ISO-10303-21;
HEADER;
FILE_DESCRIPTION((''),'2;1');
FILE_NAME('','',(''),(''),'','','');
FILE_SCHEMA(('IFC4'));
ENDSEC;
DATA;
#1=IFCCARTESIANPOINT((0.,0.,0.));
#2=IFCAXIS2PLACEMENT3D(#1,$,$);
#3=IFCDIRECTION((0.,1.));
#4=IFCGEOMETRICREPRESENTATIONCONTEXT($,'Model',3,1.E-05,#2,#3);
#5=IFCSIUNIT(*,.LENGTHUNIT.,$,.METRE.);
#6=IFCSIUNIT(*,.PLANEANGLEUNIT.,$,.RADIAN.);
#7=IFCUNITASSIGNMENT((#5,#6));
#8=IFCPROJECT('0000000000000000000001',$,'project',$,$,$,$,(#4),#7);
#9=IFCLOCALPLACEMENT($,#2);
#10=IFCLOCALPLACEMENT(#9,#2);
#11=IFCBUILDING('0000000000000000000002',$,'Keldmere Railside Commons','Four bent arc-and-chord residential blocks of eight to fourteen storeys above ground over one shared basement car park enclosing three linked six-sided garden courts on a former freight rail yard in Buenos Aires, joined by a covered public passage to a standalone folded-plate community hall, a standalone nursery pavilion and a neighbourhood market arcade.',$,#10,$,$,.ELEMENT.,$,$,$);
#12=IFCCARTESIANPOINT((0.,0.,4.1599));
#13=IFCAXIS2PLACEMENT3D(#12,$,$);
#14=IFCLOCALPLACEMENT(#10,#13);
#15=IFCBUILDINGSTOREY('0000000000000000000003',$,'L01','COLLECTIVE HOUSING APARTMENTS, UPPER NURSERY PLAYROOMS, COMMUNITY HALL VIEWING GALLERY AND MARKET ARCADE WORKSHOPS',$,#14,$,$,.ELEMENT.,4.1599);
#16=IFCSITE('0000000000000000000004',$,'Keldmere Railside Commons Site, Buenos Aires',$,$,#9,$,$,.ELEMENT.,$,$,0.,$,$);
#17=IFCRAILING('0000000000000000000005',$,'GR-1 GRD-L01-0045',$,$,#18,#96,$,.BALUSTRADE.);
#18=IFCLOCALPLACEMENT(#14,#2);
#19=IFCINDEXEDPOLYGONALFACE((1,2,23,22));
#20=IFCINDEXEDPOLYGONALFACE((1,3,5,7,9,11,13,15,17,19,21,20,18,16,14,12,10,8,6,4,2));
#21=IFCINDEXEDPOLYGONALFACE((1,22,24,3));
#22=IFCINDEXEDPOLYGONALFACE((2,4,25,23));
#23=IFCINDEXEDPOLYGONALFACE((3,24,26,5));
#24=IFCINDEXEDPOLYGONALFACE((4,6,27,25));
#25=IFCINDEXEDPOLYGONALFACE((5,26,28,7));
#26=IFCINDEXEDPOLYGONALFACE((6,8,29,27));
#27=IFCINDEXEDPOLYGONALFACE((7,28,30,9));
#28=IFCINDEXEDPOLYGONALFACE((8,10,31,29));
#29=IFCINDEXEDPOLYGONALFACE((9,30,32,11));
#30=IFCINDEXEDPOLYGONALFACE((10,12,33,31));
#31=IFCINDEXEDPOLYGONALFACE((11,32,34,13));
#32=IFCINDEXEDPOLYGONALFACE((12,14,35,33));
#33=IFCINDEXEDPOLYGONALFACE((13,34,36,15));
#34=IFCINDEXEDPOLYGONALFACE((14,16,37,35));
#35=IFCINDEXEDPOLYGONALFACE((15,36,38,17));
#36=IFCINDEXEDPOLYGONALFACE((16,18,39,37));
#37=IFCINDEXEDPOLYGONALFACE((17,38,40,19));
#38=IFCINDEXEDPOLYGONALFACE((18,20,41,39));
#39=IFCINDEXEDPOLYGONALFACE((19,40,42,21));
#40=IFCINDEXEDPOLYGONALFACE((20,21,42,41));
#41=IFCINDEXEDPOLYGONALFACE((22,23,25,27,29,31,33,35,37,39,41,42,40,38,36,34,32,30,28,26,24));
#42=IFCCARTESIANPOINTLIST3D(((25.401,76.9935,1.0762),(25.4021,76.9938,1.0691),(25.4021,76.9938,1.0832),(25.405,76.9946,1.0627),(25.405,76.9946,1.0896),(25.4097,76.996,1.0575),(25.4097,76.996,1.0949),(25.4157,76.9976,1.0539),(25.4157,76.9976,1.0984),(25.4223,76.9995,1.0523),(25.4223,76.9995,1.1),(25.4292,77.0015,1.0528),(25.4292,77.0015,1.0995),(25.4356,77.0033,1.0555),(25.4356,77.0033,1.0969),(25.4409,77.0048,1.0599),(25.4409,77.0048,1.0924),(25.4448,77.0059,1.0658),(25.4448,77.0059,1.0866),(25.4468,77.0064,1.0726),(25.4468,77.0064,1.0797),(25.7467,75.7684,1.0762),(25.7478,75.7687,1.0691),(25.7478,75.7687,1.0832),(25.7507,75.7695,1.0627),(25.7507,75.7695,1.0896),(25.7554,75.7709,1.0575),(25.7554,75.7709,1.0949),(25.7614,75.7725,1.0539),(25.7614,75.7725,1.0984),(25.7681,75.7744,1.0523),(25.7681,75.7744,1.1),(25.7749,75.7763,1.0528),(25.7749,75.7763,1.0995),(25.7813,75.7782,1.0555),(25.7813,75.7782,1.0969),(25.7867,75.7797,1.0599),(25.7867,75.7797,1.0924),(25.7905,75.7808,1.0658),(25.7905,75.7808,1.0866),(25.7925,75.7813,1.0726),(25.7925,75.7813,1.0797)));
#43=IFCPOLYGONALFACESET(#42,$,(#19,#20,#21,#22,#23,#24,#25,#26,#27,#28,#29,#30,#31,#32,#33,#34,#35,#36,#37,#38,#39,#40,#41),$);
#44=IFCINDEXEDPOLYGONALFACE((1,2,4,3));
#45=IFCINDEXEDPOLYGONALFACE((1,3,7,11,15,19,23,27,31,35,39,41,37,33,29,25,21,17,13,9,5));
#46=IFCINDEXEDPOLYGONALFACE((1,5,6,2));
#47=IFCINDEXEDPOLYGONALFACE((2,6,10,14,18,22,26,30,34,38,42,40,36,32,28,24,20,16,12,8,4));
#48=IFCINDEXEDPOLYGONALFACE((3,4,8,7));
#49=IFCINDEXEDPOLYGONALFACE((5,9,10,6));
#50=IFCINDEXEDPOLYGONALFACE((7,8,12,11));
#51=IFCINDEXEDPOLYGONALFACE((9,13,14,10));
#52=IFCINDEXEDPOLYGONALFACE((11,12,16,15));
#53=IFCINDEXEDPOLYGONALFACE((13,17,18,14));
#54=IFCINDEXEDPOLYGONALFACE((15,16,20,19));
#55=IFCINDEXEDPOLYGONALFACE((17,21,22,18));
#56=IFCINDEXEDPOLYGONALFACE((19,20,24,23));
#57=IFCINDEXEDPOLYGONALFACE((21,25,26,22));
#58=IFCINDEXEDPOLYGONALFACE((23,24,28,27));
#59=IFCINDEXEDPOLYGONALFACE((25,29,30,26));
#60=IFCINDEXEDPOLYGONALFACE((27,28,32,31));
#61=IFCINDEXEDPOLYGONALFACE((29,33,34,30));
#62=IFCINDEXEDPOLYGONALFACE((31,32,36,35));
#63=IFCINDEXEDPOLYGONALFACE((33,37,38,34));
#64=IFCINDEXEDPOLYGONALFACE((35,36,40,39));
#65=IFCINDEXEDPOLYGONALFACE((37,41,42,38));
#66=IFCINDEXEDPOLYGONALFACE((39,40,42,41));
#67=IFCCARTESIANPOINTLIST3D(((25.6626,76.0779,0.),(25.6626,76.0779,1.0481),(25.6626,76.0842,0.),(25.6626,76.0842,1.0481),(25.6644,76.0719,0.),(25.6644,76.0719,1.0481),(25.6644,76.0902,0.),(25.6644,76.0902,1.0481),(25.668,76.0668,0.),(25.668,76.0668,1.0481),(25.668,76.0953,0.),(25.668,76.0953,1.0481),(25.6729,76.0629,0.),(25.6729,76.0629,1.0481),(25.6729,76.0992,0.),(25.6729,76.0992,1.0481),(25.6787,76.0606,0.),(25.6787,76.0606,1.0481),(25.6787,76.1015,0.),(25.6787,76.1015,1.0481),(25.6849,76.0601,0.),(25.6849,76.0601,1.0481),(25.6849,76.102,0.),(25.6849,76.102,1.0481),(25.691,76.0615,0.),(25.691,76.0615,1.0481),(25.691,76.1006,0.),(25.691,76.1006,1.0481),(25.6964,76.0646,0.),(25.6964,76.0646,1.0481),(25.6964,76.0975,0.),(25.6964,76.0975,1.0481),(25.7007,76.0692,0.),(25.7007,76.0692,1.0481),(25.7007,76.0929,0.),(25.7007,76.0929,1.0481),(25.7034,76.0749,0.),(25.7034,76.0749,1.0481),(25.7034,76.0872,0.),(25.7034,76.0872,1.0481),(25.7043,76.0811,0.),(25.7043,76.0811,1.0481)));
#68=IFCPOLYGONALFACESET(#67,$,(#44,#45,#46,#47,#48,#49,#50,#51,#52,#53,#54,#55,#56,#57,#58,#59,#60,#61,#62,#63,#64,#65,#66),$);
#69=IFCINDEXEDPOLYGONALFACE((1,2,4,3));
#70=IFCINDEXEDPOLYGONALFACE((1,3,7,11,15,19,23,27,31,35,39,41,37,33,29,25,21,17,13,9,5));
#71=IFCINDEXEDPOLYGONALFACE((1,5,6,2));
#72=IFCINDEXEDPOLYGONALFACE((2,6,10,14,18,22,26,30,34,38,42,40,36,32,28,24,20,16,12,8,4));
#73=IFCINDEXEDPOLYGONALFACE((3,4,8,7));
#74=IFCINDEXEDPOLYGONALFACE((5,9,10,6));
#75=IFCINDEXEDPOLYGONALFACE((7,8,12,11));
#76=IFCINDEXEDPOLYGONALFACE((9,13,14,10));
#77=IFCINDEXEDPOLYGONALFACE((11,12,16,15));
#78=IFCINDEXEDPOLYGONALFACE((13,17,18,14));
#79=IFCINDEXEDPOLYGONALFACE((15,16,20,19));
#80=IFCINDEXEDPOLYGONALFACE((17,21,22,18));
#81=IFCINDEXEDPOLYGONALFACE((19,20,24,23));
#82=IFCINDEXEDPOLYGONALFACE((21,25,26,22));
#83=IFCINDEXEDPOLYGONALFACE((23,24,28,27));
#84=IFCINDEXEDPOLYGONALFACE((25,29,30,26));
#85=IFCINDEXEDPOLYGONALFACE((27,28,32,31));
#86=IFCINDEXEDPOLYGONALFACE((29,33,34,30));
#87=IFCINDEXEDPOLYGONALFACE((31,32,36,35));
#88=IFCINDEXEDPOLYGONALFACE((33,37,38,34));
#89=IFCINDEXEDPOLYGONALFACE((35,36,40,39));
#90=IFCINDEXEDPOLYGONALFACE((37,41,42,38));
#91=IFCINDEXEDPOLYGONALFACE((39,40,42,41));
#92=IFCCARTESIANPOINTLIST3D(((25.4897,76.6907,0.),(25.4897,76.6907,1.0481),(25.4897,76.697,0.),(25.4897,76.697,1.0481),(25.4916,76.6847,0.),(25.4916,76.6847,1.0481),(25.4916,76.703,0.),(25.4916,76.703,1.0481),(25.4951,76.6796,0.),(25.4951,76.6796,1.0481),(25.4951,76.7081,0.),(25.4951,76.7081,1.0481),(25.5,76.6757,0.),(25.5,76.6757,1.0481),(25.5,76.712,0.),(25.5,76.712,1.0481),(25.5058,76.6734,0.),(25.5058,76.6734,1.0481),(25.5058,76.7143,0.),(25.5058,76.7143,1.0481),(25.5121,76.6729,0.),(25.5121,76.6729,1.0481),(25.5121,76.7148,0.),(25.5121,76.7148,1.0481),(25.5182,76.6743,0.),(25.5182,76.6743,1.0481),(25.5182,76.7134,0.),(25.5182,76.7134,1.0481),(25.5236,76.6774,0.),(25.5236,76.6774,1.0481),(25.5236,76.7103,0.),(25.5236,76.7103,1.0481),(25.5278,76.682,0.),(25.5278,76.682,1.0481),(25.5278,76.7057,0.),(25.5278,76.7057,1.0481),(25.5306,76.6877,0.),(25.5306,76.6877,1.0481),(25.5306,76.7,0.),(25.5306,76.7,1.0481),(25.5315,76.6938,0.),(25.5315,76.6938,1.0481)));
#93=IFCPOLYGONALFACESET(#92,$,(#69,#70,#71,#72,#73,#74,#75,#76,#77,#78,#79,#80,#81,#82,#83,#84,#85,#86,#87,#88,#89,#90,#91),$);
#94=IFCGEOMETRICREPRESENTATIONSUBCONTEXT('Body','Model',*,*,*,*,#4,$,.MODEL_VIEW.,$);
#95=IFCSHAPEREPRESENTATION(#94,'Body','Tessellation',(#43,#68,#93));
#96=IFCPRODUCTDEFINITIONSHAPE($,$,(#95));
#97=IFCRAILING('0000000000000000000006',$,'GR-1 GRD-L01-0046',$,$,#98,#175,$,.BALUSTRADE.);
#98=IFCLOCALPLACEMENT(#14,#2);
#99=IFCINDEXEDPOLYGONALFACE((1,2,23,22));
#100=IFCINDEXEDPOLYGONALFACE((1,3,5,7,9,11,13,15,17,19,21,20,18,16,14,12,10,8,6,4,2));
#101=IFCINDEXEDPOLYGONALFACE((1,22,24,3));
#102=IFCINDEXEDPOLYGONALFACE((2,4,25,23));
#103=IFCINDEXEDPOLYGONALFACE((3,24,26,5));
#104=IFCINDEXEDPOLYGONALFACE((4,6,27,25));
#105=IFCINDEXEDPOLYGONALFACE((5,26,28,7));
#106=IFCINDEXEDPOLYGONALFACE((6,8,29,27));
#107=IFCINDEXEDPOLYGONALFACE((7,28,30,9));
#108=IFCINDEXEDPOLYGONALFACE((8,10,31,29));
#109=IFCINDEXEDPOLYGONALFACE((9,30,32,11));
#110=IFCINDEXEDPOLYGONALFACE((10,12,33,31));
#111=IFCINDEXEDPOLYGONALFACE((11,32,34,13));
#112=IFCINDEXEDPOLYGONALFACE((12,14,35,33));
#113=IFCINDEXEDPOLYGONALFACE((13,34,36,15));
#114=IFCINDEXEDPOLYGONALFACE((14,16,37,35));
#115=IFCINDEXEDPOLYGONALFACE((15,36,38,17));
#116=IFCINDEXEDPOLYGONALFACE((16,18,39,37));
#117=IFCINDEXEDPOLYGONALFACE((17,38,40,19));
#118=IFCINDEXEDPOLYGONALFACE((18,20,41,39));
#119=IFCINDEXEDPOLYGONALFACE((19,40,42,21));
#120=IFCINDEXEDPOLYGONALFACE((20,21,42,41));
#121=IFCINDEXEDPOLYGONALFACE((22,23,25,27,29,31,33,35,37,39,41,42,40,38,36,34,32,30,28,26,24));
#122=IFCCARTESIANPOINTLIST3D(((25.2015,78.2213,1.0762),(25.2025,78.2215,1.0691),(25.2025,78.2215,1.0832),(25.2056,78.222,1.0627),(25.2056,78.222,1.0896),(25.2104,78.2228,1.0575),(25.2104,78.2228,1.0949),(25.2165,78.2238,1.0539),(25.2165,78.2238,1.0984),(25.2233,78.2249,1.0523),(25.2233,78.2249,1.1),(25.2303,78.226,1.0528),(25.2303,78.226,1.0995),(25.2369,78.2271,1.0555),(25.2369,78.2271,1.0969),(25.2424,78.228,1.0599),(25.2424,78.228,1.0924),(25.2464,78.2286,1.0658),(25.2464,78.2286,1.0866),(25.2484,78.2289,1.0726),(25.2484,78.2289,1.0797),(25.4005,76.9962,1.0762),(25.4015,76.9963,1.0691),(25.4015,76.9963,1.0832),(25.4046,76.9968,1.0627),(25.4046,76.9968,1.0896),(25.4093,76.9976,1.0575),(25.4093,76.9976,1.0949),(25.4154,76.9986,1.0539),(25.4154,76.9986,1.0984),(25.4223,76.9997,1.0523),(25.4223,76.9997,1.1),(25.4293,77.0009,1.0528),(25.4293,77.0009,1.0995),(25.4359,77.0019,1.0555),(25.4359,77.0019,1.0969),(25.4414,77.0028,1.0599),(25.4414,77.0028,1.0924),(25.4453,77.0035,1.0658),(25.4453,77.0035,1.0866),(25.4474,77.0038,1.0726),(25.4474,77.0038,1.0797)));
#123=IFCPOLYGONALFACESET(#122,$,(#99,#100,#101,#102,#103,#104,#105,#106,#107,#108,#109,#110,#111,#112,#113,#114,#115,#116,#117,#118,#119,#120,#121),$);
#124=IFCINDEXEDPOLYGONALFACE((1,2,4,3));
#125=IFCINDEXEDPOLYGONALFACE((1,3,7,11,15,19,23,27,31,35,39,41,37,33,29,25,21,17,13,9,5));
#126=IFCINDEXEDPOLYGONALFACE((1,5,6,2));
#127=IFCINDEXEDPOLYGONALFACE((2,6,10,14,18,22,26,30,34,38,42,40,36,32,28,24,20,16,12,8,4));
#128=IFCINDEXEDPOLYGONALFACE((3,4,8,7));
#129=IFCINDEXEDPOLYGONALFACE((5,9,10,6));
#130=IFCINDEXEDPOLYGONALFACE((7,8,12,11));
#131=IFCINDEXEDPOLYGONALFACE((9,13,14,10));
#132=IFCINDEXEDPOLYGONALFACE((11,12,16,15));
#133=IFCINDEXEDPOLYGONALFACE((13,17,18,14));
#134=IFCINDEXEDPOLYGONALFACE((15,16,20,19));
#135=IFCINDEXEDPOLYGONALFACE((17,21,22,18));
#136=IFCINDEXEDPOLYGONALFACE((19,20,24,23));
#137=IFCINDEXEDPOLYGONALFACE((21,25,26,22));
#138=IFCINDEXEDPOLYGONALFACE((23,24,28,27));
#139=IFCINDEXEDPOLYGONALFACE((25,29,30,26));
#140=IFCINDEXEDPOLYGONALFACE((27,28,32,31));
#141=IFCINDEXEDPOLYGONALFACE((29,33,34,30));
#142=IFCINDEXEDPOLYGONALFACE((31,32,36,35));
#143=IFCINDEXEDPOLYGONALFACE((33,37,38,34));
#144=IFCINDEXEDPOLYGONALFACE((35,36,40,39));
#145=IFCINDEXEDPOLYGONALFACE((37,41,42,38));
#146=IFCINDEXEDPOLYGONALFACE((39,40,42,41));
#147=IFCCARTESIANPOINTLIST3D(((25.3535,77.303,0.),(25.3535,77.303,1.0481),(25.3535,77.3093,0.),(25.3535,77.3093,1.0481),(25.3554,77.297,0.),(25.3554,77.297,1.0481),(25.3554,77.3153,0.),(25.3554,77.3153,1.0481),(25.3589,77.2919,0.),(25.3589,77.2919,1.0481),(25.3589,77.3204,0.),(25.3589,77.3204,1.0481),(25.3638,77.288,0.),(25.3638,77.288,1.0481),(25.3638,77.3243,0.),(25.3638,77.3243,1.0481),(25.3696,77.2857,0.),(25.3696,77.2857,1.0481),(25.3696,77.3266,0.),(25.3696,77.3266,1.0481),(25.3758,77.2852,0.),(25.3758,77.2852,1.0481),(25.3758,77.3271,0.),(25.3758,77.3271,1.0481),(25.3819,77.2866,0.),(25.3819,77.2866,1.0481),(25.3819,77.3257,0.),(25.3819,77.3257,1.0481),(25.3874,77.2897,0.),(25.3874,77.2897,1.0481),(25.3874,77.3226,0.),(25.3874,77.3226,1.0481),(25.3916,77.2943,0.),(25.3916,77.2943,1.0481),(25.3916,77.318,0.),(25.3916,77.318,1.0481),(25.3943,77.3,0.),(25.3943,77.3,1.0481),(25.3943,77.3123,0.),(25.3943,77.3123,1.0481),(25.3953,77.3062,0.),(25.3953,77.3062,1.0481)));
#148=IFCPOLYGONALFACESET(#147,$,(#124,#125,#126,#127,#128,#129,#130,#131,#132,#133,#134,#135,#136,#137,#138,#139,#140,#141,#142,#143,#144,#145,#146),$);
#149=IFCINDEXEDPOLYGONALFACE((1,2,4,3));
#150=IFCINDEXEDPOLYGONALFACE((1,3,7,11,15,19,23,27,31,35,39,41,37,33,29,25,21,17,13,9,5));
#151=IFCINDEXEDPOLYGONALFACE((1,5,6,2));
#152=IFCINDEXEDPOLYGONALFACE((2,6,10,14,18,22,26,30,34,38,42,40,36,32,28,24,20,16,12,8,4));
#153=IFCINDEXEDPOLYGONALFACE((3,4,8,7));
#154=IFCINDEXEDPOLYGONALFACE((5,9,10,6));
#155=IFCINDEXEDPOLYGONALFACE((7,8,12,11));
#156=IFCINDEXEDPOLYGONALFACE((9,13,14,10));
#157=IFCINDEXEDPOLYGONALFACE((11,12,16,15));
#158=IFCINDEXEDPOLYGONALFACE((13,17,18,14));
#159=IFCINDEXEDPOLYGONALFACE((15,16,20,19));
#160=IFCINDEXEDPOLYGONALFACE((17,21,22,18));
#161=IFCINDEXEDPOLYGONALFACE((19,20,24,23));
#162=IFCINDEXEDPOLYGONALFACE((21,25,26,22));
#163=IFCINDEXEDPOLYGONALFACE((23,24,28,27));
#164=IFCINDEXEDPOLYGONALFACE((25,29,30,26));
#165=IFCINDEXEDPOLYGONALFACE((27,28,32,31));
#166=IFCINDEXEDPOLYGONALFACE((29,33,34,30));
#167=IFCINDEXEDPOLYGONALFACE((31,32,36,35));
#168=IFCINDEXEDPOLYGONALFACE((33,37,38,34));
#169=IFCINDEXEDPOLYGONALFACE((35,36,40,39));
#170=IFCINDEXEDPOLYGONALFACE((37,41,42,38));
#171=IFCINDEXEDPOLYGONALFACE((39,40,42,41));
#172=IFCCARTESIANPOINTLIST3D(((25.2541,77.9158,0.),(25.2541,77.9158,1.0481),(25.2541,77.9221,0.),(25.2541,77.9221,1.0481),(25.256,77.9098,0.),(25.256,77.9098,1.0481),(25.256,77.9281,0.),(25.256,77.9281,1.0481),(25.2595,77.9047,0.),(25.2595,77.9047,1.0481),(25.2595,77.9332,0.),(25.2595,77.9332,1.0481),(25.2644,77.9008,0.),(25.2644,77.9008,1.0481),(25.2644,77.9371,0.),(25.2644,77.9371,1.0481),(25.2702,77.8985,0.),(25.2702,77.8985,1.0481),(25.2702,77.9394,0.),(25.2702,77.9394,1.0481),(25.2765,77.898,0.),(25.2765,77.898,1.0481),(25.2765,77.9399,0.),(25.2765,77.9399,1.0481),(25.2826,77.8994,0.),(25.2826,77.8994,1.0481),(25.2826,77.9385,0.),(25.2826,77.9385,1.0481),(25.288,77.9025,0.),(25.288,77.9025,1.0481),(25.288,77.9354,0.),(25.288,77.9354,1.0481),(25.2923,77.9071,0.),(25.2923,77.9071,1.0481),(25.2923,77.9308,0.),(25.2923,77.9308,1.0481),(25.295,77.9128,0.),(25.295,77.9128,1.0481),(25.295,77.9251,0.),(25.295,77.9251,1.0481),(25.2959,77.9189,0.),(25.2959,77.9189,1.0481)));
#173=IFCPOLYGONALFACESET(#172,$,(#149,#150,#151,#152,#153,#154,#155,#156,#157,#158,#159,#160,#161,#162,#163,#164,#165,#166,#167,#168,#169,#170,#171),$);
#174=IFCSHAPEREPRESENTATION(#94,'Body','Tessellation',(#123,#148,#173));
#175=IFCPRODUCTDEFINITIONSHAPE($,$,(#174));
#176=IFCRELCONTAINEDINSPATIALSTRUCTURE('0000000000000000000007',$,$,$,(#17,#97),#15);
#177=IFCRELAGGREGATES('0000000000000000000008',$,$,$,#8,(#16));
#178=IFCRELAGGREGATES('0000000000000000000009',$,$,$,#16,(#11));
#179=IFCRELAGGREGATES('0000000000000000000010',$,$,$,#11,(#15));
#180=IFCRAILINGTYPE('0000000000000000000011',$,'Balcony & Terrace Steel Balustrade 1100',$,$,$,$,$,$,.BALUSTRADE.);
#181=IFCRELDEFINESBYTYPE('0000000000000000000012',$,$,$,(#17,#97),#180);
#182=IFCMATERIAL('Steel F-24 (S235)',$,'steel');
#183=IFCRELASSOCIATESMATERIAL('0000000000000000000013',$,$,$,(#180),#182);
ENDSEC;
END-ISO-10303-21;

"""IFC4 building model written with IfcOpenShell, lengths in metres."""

from ifc_helpers import new_model, si_unit, direction, frame, origin, origin_2d, place, context, subcontext, project, spatial, circle, extrude, material, type_object, element, save


model = new_model("IFC4")

# Units and contexts
model_context = context("Model", 3, precision=1e-05, world=origin(), true_north=direction((0.0, 1.0)))
body_context = subcontext(model_context, "Body", "Model", "MODEL_VIEW")
ifc_project = project(units=[si_unit("LENGTHUNIT", "METRE"), si_unit("PLANEANGLEUNIT", "RADIAN")], contexts=[model_context])

# Site, building, storey
site_placement = place(None, origin())
site = spatial("IfcSite", under=ifc_project, at=site_placement, Name="Keldmere Railside Commons Site, Buenos Aires", CompositionType="ELEMENT", RefElevation=0.0)
building_placement = place(site_placement, origin())
building = spatial("IfcBuilding", under=site, at=building_placement, Name="Keldmere Railside Commons", Description="Four bent arc-and-chord residential blocks of eight to fourteen storeys above ground over one shared basement car park enclosing three linked six-sided garden courts on a former freight rail yard in Buenos Aires, joined by a covered public passage to a standalone folded-plate community hall, a standalone nursery pavilion and a neighbourhood market arcade.", CompositionType="ELEMENT")
storey_placement = place(building_placement, frame((0.0, 0.0, 4.1599)))
storey = spatial("IfcBuildingStorey", under=building, at=storey_placement, Name="L01", Description="COLLECTIVE HOUSING APARTMENTS, UPPER NURSERY PLAYROOMS, COMMUNITY HALL VIEWING GALLERY AND MARKET ARCADE WORKSHOPS", CompositionType="ELEMENT", Elevation=4.1599)

# Railings
ifc_material_1 = material(Name="Steel F-24 (S235)", Category="steel")
railing_type = type_object("IfcRailingType", Name="Balcony & Terrace Steel Balustrade 1100", PredefinedType="BALUSTRADE", material=ifc_material_1)
railing_1_placement = place(storey_placement, frame((25.7698, 75.7749, 0.0)))
element("IfcRailing", 1, at=railing_1_placement, inside=storey, type_object=railing_type, Name="GR-1 GRD-L01-0045", PredefinedType="BALUSTRADE", context=body_context, shape_type="SweptSolid", body=[
    extrude(circle(Radius=0.0239, at=origin_2d()), frame((0.0, 0.0, 1.0762), z_axis=(-0.271579, 0.962416, 0.0), x_axis=(-0.962416, -0.271579, 0.0)), (0.0, 0.0, 1.0), 1.2729),
    extrude(circle(Radius=0.021, at=origin_2d()), frame((-0.0864, 0.3062, 0.0)), (0.0, 0.0, 1.0), 1.0481),
    extrude(circle(Radius=0.021, at=origin_2d()), frame((-0.2593, 0.9189, 0.0)), (0.0, 0.0, 1.0), 1.0481),
])
railing_2_placement = place(storey_placement, frame((25.4241, 77.0, 0.0)))
element("IfcRailing", 2, at=railing_2_placement, inside=storey, type_object=railing_type, Name="GR-1 GRD-L01-0046", PredefinedType="BALUSTRADE", context=body_context, shape_type="SweptSolid", body=[
    extrude(circle(Radius=0.0239, at=origin_2d()), frame((0.0, 0.0, 1.0762), z_axis=(-0.160315, 0.987066, 0.0), x_axis=(-0.987066, -0.160315, 0.0)), (0.0, 0.0, 1.0), 1.2412),
    extrude(circle(Radius=0.021, at=origin_2d()), frame((-0.0498, 0.3062, 0.0)), (0.0, 0.0, 1.0), 1.0481),
    extrude(circle(Radius=0.021, at=origin_2d()), frame((-0.1492, 0.9189, 0.0)), (0.0, 0.0, 1.0), 1.0481),
])

save(model, "model.ifc")
